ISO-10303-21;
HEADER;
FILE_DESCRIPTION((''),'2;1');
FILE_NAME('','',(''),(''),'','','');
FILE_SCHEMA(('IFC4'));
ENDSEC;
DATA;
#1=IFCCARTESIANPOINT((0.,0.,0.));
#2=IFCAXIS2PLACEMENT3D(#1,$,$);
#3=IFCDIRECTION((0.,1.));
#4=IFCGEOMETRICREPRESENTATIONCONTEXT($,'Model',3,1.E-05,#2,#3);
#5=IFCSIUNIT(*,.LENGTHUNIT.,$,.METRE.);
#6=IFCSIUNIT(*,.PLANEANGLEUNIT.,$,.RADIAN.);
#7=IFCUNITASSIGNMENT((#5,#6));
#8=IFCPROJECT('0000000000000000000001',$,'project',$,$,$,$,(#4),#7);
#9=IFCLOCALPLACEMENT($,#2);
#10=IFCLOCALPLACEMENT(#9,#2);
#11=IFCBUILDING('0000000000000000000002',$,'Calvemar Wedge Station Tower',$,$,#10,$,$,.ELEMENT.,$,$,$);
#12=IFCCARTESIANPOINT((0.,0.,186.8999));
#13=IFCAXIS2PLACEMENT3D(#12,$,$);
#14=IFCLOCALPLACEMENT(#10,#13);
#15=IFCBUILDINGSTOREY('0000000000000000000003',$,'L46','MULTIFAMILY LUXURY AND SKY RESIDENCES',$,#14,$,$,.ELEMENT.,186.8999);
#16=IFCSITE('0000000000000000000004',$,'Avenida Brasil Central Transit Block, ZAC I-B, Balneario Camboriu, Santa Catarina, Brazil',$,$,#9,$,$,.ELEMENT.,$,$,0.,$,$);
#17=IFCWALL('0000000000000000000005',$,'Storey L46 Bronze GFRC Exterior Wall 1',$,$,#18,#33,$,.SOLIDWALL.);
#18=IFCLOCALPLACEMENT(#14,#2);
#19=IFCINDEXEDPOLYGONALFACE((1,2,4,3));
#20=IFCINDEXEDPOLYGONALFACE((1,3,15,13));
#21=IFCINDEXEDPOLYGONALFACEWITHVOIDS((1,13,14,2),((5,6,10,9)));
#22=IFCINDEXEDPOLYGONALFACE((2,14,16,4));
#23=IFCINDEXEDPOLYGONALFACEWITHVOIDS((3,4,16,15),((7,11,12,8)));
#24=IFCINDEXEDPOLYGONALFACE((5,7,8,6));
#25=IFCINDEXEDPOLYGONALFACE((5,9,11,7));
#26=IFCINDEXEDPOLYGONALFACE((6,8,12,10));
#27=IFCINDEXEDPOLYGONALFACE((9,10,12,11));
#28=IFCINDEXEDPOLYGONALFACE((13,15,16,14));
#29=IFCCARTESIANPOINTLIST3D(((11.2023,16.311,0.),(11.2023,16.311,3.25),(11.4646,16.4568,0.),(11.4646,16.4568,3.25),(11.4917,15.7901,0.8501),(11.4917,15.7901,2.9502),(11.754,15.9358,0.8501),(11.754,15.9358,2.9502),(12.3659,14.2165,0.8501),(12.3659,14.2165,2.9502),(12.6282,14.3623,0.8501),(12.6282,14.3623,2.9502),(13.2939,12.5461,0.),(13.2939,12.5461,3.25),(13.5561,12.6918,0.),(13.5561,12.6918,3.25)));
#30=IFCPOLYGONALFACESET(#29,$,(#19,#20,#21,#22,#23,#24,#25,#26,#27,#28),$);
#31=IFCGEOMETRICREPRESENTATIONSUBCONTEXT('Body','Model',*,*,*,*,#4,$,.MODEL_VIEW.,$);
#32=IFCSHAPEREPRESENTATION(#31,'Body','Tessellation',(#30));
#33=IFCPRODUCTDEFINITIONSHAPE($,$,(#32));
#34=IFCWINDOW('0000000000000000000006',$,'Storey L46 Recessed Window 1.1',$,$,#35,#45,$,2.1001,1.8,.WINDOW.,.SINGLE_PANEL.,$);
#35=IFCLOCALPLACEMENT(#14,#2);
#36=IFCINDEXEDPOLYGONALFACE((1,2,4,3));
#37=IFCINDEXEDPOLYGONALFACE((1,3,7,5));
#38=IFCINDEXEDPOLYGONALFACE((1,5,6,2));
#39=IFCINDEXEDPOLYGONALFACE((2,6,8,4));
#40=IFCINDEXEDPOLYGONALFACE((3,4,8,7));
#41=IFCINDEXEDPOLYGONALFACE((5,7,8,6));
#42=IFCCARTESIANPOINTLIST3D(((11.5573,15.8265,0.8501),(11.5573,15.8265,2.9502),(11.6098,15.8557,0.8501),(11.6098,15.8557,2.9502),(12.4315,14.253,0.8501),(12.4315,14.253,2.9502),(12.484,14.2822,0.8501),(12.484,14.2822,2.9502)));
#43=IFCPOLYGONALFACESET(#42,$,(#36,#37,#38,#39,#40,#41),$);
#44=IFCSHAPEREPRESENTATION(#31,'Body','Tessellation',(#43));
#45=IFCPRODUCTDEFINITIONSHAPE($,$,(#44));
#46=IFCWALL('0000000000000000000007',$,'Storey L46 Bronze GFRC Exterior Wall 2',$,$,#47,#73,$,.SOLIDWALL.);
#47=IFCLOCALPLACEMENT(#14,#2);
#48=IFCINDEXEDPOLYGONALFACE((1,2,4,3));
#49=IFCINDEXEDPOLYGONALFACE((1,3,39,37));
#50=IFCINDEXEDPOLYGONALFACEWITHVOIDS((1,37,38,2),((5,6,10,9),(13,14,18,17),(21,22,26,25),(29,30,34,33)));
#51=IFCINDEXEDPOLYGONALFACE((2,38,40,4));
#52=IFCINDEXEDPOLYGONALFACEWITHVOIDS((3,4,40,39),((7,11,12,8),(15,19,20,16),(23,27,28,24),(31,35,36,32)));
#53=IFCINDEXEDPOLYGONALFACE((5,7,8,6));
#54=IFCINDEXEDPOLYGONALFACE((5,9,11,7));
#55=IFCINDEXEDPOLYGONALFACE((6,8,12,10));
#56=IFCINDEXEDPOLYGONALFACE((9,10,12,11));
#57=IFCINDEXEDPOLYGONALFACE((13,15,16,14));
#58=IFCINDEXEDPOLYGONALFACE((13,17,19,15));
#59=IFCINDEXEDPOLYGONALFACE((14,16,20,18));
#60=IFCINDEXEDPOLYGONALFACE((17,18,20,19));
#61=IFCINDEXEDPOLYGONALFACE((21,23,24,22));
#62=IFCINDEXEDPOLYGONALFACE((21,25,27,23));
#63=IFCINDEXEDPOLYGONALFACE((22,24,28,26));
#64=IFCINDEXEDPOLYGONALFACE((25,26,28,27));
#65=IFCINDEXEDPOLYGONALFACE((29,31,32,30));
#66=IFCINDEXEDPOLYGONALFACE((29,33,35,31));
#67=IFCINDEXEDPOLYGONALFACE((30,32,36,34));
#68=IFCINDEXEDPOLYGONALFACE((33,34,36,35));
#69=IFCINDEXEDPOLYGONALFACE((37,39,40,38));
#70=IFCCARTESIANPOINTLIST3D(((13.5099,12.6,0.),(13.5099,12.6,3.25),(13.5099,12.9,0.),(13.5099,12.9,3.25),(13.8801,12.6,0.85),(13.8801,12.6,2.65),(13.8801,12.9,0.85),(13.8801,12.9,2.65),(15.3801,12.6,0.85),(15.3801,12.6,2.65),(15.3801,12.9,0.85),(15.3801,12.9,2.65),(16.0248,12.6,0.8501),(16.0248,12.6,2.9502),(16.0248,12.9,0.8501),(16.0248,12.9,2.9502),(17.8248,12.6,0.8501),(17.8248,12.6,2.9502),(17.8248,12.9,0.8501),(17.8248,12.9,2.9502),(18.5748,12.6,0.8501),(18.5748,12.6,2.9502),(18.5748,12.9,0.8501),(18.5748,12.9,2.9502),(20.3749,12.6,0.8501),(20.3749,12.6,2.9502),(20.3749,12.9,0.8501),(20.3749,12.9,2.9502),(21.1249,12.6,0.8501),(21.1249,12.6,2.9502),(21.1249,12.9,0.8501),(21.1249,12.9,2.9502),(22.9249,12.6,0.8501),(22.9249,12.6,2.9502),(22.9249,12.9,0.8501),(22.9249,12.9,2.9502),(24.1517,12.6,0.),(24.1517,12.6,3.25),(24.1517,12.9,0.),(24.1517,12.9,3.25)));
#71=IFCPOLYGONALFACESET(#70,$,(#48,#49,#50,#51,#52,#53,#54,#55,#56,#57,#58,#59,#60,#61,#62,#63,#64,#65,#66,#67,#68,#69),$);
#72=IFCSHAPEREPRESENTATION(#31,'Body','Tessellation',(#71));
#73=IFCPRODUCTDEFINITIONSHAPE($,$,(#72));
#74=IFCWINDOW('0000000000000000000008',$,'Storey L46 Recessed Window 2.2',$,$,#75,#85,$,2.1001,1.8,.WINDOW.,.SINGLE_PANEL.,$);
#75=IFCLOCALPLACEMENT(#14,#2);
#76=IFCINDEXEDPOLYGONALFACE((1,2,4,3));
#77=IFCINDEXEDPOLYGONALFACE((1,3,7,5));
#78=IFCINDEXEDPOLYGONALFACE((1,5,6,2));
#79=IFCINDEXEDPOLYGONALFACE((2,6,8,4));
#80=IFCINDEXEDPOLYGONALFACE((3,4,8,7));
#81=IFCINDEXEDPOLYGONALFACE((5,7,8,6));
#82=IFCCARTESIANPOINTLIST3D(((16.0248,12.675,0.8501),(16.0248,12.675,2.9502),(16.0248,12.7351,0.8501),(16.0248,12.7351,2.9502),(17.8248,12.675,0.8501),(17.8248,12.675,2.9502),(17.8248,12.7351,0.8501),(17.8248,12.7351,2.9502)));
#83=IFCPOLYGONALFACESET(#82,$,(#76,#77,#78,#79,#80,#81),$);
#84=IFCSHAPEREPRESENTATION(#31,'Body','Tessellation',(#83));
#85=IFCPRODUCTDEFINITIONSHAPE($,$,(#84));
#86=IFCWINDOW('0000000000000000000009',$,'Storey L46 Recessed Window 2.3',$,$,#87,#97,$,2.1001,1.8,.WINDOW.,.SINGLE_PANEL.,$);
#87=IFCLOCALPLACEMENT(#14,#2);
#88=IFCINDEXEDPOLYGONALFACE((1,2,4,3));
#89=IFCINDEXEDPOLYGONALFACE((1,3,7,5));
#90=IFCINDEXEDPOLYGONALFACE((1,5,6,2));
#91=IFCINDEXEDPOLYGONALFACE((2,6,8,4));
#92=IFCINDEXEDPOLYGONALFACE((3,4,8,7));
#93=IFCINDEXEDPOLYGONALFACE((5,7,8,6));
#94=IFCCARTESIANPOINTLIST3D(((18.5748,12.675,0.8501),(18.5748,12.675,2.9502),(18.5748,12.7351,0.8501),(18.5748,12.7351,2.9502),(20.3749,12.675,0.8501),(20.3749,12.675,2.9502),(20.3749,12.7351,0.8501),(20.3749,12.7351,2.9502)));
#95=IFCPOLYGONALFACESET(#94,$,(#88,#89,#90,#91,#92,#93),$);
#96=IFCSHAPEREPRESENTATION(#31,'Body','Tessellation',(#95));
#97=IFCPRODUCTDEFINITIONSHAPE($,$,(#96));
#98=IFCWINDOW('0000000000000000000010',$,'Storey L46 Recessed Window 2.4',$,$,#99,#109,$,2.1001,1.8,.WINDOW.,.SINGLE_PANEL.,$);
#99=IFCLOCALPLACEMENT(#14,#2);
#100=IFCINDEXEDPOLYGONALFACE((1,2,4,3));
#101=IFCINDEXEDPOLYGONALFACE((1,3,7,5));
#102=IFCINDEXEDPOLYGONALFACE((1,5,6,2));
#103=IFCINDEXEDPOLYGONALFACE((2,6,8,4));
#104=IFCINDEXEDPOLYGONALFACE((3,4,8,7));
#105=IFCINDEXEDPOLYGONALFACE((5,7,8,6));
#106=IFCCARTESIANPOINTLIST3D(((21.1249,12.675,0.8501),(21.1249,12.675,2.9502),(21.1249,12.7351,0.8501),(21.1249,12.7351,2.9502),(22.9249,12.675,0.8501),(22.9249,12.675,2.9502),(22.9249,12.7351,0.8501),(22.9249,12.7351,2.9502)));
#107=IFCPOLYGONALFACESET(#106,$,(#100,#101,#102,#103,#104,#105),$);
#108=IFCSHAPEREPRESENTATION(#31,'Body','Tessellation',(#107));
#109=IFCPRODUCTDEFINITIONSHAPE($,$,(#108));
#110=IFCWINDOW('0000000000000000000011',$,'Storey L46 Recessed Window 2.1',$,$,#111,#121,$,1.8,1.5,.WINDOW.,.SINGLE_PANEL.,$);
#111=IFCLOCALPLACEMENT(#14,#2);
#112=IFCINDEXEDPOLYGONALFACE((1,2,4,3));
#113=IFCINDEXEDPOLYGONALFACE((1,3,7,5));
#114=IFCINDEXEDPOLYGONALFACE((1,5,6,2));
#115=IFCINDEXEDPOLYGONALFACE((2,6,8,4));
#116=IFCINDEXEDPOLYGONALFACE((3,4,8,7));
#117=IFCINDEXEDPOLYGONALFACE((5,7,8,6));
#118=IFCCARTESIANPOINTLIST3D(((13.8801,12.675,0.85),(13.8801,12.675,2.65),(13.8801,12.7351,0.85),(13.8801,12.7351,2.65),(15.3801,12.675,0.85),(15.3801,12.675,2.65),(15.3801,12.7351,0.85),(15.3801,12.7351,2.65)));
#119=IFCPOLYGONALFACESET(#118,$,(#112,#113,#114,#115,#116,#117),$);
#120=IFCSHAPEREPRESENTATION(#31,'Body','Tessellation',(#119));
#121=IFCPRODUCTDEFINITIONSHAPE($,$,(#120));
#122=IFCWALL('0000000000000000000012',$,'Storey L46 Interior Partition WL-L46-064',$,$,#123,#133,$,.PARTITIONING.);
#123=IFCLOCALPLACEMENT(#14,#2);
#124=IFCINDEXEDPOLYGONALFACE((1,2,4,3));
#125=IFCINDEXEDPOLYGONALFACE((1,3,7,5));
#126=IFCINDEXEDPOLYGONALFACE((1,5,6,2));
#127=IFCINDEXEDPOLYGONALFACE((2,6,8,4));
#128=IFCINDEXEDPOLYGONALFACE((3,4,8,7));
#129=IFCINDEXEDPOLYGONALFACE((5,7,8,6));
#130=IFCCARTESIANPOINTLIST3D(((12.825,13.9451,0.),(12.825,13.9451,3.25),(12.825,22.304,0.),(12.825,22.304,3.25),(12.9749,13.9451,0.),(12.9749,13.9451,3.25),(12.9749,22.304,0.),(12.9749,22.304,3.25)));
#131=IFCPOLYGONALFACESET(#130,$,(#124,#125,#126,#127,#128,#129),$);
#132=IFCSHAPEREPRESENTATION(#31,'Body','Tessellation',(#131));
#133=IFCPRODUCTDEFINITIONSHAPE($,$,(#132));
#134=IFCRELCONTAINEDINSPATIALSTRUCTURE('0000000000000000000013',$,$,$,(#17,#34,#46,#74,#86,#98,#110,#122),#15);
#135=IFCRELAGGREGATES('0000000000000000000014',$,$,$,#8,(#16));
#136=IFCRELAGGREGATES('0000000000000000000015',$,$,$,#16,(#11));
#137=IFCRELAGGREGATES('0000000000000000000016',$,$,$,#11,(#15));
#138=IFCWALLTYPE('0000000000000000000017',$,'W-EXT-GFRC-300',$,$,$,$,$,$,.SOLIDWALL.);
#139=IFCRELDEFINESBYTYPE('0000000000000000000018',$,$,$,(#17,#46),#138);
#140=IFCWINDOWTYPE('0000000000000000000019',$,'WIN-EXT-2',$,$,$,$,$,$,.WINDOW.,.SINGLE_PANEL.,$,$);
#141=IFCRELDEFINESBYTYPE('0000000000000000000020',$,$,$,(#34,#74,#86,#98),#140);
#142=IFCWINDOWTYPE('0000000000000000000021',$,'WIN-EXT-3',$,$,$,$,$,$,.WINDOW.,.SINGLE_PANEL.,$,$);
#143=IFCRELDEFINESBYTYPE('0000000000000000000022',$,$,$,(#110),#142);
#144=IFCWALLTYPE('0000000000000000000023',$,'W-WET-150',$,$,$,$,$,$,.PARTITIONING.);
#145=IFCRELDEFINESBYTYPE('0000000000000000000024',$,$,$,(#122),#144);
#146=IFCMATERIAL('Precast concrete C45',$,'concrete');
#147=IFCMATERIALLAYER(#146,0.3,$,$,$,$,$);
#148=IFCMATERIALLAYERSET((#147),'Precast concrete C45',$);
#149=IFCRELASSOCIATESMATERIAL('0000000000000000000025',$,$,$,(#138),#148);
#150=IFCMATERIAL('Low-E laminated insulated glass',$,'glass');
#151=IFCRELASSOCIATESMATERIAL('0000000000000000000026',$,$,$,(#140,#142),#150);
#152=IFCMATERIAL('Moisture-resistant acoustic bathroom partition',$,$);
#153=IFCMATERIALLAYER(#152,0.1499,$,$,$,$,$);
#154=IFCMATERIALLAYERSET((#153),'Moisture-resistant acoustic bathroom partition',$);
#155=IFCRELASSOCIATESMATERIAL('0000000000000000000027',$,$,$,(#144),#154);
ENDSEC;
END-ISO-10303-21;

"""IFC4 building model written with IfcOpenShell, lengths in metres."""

from ifc_helpers import new_model, si_unit, direction, frame, frame_2d, origin, place, context, subcontext, project, spatial, rectangle, extrude, source, transform, mapped, material, layer, layer_set, type_object, element, fill, save


model = new_model("IFC4")

# Units and contexts
model_context = context("Model", 3, precision=1e-05, world=origin(), true_north=direction((0.0, 1.0)))
body_context = subcontext(model_context, "Body", "Model", "MODEL_VIEW")
ifc_project = project(units=[si_unit("LENGTHUNIT", "METRE"), si_unit("PLANEANGLEUNIT", "RADIAN")], contexts=[model_context])

# Site, building, storey
site_placement = place(None, origin())
site = spatial("IfcSite", under=ifc_project, at=site_placement, Name="Avenida Brasil Central Transit Block, ZAC I-B, Balneario Camboriu, Santa Catarina, Brazil", CompositionType="ELEMENT", RefElevation=0.0)
building_placement = place(site_placement, origin())
building = spatial("IfcBuilding", under=site, at=building_placement, Name="Calvemar Wedge Station Tower", CompositionType="ELEMENT")
storey_placement = place(building_placement, frame((0.0, 0.0, 186.8999)))
storey = spatial("IfcBuildingStorey", under=building, at=storey_placement, Name="L46", Description="MULTIFAMILY LUXURY AND SKY RESIDENCES", CompositionType="ELEMENT", Elevation=186.8999)

# Wall, opening, window
ifc_material_1 = material(Name="Precast concrete C45", Category="concrete")
ifc_layer_1 = layer(ifc_material_1, 0.3)
ifc_layer_set_1 = layer_set([ifc_layer_1], Name="Precast concrete C45")
wall_type_1 = type_object("IfcWallType", Name="W-EXT-GFRC-300", PredefinedType="SOLIDWALL", material=ifc_layer_set_1)
wall_1_placement = place(storey_placement, frame((11.3335, 16.3838, 0.0), z_axis=(0.0, 0.0, 1.0), x_axis=(0.485633, -0.874163, 0.0)))
wall_1 = element("IfcWall", 1, at=wall_1_placement, inside=storey, type_object=wall_type_1, Name="Storey L46 Bronze GFRC Exterior Wall 1", PredefinedType="SOLIDWALL", context=body_context, shape_type="SweptSolid", body=[
    extrude(rectangle(XDim=4.3069, YDim=0.3, at=frame_2d((2.1533, 0.0))), origin(), (0.0, 0.0, 1.0), 3.25),
])
shared_shape_1 = source(origin(), body_context, "Body", "SweptSolid", [
    extrude(rectangle(XDim=1.8, YDim=2.1001, at=frame_2d((0.8999, 1.05))), frame((0.0, 0.1602, 0.0), z_axis=(0.0, -1.0, 0.0), x_axis=(1.0, 0.0, 0.0)), (0.0, 0.0, 1.0), 0.3201),
])
opening_1_placement = place(wall_1_placement, frame((0.5959, 0.0, 0.8501)))
opening_1 = element("IfcOpeningElement", 2, at=opening_1_placement, cuts=wall_1, PredefinedType="OPENING", context=body_context, shape_type="MappedRepresentation", body=[
    mapped(shared_shape_1, transform((0.0, 0.0, 0.0), scale=1.0)),
])
ifc_material_2 = material(Name="Low-E laminated insulated glass", Category="glass")
window_type_1 = type_object("IfcWindowType", Name="WIN-EXT-2", PartitioningType="SINGLE_PANEL", PredefinedType="WINDOW", material=ifc_material_2)
shared_shape_2 = source(origin(), body_context, "Body", "SweptSolid", [
    extrude(rectangle(XDim=1.8, YDim=2.1001, at=frame_2d((0.8999, 1.05))), frame((0.0, -0.0149, 0.0), z_axis=(0.0, -1.0, 0.0), x_axis=(1.0, 0.0, 0.0)), (0.0, 0.0, 1.0), 0.0601),
])
window_1_placement = place(opening_1_placement, origin())
window_1 = element("IfcWindow", 3, at=window_1_placement, inside=storey, type_object=window_type_1, Name="Storey L46 Recessed Window 1.1", OverallHeight=2.1001, OverallWidth=1.8, PartitioningType="SINGLE_PANEL", PredefinedType="WINDOW", context=body_context, shape_type="MappedRepresentation", body=[
    mapped(shared_shape_2, transform((0.0, 0.0, 0.0), scale=1.0)),
])
fill(opening_1, window_1)

# Wall, openings, windows
wall_2_placement = place(storey_placement, frame((13.51, 12.75, 0.0), z_axis=(0.0, 0.0, 1.0), x_axis=(1.0, 0.0, 0.0)))
wall_2 = element("IfcWall", 4, at=wall_2_placement, inside=storey, type_object=wall_type_1, Name="Storey L46 Bronze GFRC Exterior Wall 2", PredefinedType="SOLIDWALL", context=body_context, shape_type="SweptSolid", body=[
    extrude(rectangle(XDim=10.6418, YDim=0.3, at=frame_2d((5.3208, 0.0))), origin(), (0.0, 0.0, 1.0), 3.25),
])
shared_shape_3 = source(origin(), body_context, "Body", "SweptSolid", [
    extrude(rectangle(XDim=1.5, YDim=1.8, at=frame_2d((0.75, 0.8999))), frame((0.0, 0.1602, 0.0), z_axis=(0.0, -1.0, 0.0), x_axis=(1.0, 0.0, 0.0)), (0.0, 0.0, 1.0), 0.3201),
])
opening_2_placement = place(wall_2_placement, frame((0.3701, 0.0, 0.8501)))
opening_2 = element("IfcOpeningElement", 5, at=opening_2_placement, cuts=wall_2, PredefinedType="OPENING", context=body_context, shape_type="MappedRepresentation", body=[
    mapped(shared_shape_3, transform((0.0, 0.0, 0.0), scale=1.0)),
])
opening_3_placement = place(wall_2_placement, frame((2.5149, 0.0, 0.8501)))
opening_3 = element("IfcOpeningElement", 6, at=opening_3_placement, cuts=wall_2, PredefinedType="OPENING", context=body_context, shape_type="MappedRepresentation", body=[
    mapped(shared_shape_1, transform((0.0, 0.0, 0.0), scale=1.0)),
])
opening_4_placement = place(wall_2_placement, frame((5.0649, 0.0, 0.8501)))
opening_4 = element("IfcOpeningElement", 7, at=opening_4_placement, cuts=wall_2, PredefinedType="OPENING", context=body_context, shape_type="MappedRepresentation", body=[
    mapped(shared_shape_1, transform((0.0, 0.0, 0.0), scale=1.0)),
])
opening_5_placement = place(wall_2_placement, frame((7.615, 0.0, 0.8501)))
opening_5 = element("IfcOpeningElement", 8, at=opening_5_placement, cuts=wall_2, PredefinedType="OPENING", context=body_context, shape_type="MappedRepresentation", body=[
    mapped(shared_shape_1, transform((0.0, 0.0, 0.0), scale=1.0)),
])
window_2_placement = place(opening_3_placement, origin())
window_2 = element("IfcWindow", 9, at=window_2_placement, inside=storey, type_object=window_type_1, Name="Storey L46 Recessed Window 2.2", OverallHeight=2.1001, OverallWidth=1.8, PartitioningType="SINGLE_PANEL", PredefinedType="WINDOW", context=body_context, shape_type="MappedRepresentation", body=[
    mapped(shared_shape_2, transform((0.0, 0.0, 0.0), scale=1.0)),
])
fill(opening_3, window_2)
window_3_placement = place(opening_4_placement, origin())
window_3 = element("IfcWindow", 10, at=window_3_placement, inside=storey, type_object=window_type_1, Name="Storey L46 Recessed Window 2.3", OverallHeight=2.1001, OverallWidth=1.8, PartitioningType="SINGLE_PANEL", PredefinedType="WINDOW", context=body_context, shape_type="MappedRepresentation", body=[
    mapped(shared_shape_2, transform((0.0, 0.0, 0.0), scale=1.0)),
])
fill(opening_4, window_3)
window_4_placement = place(opening_5_placement, origin())
window_4 = element("IfcWindow", 11, at=window_4_placement, inside=storey, type_object=window_type_1, Name="Storey L46 Recessed Window 2.4", OverallHeight=2.1001, OverallWidth=1.8, PartitioningType="SINGLE_PANEL", PredefinedType="WINDOW", context=body_context, shape_type="MappedRepresentation", body=[
    mapped(shared_shape_2, transform((0.0, 0.0, 0.0), scale=1.0)),
])
fill(opening_5, window_4)
window_type_2 = type_object("IfcWindowType", Name="WIN-EXT-3", PartitioningType="SINGLE_PANEL", PredefinedType="WINDOW", material=ifc_material_2)
shared_shape_4 = source(origin(), body_context, "Body", "SweptSolid", [
    extrude(rectangle(XDim=1.5, YDim=1.8, at=frame_2d((0.75, 0.8999))), frame((0.0, -0.0149, 0.0), z_axis=(0.0, -1.0, 0.0), x_axis=(1.0, 0.0, 0.0)), (0.0, 0.0, 1.0), 0.0601),
])
window_5_placement = place(opening_2_placement, origin())
window_5 = element("IfcWindow", 12, at=window_5_placement, inside=storey, type_object=window_type_2, Name="Storey L46 Recessed Window 2.1", OverallHeight=1.8, OverallWidth=1.5, PartitioningType="SINGLE_PANEL", PredefinedType="WINDOW", context=body_context, shape_type="MappedRepresentation", body=[
    mapped(shared_shape_4, transform((0.0, 0.0, 0.0), scale=1.0)),
])
fill(opening_2, window_5)

# Wall
ifc_material_3 = material(Name="Moisture-resistant acoustic bathroom partition")
ifc_layer_2 = layer(ifc_material_3, 0.1499)
ifc_layer_set_2 = layer_set([ifc_layer_2], Name="Moisture-resistant acoustic bathroom partition")
wall_type_2 = type_object("IfcWallType", Name="W-WET-150", PredefinedType="PARTITIONING", material=ifc_layer_set_2)
wall_3_placement = place(storey_placement, frame((12.8999, 13.9451, 0.0), z_axis=(0.0, 0.0, 1.0), x_axis=(0.0, 1.0, 0.0)))
element("IfcWall", 13, at=wall_3_placement, inside=storey, type_object=wall_type_2, Name="Storey L46 Interior Partition WL-L46-064", PredefinedType="PARTITIONING", context=body_context, shape_type="SweptSolid", body=[
    extrude(rectangle(XDim=8.3589, YDim=0.1499, at=frame_2d((4.1794, 0.0))), origin(), (0.0, 0.0, 1.0), 3.25),
])

save(model, "model.ifc")
